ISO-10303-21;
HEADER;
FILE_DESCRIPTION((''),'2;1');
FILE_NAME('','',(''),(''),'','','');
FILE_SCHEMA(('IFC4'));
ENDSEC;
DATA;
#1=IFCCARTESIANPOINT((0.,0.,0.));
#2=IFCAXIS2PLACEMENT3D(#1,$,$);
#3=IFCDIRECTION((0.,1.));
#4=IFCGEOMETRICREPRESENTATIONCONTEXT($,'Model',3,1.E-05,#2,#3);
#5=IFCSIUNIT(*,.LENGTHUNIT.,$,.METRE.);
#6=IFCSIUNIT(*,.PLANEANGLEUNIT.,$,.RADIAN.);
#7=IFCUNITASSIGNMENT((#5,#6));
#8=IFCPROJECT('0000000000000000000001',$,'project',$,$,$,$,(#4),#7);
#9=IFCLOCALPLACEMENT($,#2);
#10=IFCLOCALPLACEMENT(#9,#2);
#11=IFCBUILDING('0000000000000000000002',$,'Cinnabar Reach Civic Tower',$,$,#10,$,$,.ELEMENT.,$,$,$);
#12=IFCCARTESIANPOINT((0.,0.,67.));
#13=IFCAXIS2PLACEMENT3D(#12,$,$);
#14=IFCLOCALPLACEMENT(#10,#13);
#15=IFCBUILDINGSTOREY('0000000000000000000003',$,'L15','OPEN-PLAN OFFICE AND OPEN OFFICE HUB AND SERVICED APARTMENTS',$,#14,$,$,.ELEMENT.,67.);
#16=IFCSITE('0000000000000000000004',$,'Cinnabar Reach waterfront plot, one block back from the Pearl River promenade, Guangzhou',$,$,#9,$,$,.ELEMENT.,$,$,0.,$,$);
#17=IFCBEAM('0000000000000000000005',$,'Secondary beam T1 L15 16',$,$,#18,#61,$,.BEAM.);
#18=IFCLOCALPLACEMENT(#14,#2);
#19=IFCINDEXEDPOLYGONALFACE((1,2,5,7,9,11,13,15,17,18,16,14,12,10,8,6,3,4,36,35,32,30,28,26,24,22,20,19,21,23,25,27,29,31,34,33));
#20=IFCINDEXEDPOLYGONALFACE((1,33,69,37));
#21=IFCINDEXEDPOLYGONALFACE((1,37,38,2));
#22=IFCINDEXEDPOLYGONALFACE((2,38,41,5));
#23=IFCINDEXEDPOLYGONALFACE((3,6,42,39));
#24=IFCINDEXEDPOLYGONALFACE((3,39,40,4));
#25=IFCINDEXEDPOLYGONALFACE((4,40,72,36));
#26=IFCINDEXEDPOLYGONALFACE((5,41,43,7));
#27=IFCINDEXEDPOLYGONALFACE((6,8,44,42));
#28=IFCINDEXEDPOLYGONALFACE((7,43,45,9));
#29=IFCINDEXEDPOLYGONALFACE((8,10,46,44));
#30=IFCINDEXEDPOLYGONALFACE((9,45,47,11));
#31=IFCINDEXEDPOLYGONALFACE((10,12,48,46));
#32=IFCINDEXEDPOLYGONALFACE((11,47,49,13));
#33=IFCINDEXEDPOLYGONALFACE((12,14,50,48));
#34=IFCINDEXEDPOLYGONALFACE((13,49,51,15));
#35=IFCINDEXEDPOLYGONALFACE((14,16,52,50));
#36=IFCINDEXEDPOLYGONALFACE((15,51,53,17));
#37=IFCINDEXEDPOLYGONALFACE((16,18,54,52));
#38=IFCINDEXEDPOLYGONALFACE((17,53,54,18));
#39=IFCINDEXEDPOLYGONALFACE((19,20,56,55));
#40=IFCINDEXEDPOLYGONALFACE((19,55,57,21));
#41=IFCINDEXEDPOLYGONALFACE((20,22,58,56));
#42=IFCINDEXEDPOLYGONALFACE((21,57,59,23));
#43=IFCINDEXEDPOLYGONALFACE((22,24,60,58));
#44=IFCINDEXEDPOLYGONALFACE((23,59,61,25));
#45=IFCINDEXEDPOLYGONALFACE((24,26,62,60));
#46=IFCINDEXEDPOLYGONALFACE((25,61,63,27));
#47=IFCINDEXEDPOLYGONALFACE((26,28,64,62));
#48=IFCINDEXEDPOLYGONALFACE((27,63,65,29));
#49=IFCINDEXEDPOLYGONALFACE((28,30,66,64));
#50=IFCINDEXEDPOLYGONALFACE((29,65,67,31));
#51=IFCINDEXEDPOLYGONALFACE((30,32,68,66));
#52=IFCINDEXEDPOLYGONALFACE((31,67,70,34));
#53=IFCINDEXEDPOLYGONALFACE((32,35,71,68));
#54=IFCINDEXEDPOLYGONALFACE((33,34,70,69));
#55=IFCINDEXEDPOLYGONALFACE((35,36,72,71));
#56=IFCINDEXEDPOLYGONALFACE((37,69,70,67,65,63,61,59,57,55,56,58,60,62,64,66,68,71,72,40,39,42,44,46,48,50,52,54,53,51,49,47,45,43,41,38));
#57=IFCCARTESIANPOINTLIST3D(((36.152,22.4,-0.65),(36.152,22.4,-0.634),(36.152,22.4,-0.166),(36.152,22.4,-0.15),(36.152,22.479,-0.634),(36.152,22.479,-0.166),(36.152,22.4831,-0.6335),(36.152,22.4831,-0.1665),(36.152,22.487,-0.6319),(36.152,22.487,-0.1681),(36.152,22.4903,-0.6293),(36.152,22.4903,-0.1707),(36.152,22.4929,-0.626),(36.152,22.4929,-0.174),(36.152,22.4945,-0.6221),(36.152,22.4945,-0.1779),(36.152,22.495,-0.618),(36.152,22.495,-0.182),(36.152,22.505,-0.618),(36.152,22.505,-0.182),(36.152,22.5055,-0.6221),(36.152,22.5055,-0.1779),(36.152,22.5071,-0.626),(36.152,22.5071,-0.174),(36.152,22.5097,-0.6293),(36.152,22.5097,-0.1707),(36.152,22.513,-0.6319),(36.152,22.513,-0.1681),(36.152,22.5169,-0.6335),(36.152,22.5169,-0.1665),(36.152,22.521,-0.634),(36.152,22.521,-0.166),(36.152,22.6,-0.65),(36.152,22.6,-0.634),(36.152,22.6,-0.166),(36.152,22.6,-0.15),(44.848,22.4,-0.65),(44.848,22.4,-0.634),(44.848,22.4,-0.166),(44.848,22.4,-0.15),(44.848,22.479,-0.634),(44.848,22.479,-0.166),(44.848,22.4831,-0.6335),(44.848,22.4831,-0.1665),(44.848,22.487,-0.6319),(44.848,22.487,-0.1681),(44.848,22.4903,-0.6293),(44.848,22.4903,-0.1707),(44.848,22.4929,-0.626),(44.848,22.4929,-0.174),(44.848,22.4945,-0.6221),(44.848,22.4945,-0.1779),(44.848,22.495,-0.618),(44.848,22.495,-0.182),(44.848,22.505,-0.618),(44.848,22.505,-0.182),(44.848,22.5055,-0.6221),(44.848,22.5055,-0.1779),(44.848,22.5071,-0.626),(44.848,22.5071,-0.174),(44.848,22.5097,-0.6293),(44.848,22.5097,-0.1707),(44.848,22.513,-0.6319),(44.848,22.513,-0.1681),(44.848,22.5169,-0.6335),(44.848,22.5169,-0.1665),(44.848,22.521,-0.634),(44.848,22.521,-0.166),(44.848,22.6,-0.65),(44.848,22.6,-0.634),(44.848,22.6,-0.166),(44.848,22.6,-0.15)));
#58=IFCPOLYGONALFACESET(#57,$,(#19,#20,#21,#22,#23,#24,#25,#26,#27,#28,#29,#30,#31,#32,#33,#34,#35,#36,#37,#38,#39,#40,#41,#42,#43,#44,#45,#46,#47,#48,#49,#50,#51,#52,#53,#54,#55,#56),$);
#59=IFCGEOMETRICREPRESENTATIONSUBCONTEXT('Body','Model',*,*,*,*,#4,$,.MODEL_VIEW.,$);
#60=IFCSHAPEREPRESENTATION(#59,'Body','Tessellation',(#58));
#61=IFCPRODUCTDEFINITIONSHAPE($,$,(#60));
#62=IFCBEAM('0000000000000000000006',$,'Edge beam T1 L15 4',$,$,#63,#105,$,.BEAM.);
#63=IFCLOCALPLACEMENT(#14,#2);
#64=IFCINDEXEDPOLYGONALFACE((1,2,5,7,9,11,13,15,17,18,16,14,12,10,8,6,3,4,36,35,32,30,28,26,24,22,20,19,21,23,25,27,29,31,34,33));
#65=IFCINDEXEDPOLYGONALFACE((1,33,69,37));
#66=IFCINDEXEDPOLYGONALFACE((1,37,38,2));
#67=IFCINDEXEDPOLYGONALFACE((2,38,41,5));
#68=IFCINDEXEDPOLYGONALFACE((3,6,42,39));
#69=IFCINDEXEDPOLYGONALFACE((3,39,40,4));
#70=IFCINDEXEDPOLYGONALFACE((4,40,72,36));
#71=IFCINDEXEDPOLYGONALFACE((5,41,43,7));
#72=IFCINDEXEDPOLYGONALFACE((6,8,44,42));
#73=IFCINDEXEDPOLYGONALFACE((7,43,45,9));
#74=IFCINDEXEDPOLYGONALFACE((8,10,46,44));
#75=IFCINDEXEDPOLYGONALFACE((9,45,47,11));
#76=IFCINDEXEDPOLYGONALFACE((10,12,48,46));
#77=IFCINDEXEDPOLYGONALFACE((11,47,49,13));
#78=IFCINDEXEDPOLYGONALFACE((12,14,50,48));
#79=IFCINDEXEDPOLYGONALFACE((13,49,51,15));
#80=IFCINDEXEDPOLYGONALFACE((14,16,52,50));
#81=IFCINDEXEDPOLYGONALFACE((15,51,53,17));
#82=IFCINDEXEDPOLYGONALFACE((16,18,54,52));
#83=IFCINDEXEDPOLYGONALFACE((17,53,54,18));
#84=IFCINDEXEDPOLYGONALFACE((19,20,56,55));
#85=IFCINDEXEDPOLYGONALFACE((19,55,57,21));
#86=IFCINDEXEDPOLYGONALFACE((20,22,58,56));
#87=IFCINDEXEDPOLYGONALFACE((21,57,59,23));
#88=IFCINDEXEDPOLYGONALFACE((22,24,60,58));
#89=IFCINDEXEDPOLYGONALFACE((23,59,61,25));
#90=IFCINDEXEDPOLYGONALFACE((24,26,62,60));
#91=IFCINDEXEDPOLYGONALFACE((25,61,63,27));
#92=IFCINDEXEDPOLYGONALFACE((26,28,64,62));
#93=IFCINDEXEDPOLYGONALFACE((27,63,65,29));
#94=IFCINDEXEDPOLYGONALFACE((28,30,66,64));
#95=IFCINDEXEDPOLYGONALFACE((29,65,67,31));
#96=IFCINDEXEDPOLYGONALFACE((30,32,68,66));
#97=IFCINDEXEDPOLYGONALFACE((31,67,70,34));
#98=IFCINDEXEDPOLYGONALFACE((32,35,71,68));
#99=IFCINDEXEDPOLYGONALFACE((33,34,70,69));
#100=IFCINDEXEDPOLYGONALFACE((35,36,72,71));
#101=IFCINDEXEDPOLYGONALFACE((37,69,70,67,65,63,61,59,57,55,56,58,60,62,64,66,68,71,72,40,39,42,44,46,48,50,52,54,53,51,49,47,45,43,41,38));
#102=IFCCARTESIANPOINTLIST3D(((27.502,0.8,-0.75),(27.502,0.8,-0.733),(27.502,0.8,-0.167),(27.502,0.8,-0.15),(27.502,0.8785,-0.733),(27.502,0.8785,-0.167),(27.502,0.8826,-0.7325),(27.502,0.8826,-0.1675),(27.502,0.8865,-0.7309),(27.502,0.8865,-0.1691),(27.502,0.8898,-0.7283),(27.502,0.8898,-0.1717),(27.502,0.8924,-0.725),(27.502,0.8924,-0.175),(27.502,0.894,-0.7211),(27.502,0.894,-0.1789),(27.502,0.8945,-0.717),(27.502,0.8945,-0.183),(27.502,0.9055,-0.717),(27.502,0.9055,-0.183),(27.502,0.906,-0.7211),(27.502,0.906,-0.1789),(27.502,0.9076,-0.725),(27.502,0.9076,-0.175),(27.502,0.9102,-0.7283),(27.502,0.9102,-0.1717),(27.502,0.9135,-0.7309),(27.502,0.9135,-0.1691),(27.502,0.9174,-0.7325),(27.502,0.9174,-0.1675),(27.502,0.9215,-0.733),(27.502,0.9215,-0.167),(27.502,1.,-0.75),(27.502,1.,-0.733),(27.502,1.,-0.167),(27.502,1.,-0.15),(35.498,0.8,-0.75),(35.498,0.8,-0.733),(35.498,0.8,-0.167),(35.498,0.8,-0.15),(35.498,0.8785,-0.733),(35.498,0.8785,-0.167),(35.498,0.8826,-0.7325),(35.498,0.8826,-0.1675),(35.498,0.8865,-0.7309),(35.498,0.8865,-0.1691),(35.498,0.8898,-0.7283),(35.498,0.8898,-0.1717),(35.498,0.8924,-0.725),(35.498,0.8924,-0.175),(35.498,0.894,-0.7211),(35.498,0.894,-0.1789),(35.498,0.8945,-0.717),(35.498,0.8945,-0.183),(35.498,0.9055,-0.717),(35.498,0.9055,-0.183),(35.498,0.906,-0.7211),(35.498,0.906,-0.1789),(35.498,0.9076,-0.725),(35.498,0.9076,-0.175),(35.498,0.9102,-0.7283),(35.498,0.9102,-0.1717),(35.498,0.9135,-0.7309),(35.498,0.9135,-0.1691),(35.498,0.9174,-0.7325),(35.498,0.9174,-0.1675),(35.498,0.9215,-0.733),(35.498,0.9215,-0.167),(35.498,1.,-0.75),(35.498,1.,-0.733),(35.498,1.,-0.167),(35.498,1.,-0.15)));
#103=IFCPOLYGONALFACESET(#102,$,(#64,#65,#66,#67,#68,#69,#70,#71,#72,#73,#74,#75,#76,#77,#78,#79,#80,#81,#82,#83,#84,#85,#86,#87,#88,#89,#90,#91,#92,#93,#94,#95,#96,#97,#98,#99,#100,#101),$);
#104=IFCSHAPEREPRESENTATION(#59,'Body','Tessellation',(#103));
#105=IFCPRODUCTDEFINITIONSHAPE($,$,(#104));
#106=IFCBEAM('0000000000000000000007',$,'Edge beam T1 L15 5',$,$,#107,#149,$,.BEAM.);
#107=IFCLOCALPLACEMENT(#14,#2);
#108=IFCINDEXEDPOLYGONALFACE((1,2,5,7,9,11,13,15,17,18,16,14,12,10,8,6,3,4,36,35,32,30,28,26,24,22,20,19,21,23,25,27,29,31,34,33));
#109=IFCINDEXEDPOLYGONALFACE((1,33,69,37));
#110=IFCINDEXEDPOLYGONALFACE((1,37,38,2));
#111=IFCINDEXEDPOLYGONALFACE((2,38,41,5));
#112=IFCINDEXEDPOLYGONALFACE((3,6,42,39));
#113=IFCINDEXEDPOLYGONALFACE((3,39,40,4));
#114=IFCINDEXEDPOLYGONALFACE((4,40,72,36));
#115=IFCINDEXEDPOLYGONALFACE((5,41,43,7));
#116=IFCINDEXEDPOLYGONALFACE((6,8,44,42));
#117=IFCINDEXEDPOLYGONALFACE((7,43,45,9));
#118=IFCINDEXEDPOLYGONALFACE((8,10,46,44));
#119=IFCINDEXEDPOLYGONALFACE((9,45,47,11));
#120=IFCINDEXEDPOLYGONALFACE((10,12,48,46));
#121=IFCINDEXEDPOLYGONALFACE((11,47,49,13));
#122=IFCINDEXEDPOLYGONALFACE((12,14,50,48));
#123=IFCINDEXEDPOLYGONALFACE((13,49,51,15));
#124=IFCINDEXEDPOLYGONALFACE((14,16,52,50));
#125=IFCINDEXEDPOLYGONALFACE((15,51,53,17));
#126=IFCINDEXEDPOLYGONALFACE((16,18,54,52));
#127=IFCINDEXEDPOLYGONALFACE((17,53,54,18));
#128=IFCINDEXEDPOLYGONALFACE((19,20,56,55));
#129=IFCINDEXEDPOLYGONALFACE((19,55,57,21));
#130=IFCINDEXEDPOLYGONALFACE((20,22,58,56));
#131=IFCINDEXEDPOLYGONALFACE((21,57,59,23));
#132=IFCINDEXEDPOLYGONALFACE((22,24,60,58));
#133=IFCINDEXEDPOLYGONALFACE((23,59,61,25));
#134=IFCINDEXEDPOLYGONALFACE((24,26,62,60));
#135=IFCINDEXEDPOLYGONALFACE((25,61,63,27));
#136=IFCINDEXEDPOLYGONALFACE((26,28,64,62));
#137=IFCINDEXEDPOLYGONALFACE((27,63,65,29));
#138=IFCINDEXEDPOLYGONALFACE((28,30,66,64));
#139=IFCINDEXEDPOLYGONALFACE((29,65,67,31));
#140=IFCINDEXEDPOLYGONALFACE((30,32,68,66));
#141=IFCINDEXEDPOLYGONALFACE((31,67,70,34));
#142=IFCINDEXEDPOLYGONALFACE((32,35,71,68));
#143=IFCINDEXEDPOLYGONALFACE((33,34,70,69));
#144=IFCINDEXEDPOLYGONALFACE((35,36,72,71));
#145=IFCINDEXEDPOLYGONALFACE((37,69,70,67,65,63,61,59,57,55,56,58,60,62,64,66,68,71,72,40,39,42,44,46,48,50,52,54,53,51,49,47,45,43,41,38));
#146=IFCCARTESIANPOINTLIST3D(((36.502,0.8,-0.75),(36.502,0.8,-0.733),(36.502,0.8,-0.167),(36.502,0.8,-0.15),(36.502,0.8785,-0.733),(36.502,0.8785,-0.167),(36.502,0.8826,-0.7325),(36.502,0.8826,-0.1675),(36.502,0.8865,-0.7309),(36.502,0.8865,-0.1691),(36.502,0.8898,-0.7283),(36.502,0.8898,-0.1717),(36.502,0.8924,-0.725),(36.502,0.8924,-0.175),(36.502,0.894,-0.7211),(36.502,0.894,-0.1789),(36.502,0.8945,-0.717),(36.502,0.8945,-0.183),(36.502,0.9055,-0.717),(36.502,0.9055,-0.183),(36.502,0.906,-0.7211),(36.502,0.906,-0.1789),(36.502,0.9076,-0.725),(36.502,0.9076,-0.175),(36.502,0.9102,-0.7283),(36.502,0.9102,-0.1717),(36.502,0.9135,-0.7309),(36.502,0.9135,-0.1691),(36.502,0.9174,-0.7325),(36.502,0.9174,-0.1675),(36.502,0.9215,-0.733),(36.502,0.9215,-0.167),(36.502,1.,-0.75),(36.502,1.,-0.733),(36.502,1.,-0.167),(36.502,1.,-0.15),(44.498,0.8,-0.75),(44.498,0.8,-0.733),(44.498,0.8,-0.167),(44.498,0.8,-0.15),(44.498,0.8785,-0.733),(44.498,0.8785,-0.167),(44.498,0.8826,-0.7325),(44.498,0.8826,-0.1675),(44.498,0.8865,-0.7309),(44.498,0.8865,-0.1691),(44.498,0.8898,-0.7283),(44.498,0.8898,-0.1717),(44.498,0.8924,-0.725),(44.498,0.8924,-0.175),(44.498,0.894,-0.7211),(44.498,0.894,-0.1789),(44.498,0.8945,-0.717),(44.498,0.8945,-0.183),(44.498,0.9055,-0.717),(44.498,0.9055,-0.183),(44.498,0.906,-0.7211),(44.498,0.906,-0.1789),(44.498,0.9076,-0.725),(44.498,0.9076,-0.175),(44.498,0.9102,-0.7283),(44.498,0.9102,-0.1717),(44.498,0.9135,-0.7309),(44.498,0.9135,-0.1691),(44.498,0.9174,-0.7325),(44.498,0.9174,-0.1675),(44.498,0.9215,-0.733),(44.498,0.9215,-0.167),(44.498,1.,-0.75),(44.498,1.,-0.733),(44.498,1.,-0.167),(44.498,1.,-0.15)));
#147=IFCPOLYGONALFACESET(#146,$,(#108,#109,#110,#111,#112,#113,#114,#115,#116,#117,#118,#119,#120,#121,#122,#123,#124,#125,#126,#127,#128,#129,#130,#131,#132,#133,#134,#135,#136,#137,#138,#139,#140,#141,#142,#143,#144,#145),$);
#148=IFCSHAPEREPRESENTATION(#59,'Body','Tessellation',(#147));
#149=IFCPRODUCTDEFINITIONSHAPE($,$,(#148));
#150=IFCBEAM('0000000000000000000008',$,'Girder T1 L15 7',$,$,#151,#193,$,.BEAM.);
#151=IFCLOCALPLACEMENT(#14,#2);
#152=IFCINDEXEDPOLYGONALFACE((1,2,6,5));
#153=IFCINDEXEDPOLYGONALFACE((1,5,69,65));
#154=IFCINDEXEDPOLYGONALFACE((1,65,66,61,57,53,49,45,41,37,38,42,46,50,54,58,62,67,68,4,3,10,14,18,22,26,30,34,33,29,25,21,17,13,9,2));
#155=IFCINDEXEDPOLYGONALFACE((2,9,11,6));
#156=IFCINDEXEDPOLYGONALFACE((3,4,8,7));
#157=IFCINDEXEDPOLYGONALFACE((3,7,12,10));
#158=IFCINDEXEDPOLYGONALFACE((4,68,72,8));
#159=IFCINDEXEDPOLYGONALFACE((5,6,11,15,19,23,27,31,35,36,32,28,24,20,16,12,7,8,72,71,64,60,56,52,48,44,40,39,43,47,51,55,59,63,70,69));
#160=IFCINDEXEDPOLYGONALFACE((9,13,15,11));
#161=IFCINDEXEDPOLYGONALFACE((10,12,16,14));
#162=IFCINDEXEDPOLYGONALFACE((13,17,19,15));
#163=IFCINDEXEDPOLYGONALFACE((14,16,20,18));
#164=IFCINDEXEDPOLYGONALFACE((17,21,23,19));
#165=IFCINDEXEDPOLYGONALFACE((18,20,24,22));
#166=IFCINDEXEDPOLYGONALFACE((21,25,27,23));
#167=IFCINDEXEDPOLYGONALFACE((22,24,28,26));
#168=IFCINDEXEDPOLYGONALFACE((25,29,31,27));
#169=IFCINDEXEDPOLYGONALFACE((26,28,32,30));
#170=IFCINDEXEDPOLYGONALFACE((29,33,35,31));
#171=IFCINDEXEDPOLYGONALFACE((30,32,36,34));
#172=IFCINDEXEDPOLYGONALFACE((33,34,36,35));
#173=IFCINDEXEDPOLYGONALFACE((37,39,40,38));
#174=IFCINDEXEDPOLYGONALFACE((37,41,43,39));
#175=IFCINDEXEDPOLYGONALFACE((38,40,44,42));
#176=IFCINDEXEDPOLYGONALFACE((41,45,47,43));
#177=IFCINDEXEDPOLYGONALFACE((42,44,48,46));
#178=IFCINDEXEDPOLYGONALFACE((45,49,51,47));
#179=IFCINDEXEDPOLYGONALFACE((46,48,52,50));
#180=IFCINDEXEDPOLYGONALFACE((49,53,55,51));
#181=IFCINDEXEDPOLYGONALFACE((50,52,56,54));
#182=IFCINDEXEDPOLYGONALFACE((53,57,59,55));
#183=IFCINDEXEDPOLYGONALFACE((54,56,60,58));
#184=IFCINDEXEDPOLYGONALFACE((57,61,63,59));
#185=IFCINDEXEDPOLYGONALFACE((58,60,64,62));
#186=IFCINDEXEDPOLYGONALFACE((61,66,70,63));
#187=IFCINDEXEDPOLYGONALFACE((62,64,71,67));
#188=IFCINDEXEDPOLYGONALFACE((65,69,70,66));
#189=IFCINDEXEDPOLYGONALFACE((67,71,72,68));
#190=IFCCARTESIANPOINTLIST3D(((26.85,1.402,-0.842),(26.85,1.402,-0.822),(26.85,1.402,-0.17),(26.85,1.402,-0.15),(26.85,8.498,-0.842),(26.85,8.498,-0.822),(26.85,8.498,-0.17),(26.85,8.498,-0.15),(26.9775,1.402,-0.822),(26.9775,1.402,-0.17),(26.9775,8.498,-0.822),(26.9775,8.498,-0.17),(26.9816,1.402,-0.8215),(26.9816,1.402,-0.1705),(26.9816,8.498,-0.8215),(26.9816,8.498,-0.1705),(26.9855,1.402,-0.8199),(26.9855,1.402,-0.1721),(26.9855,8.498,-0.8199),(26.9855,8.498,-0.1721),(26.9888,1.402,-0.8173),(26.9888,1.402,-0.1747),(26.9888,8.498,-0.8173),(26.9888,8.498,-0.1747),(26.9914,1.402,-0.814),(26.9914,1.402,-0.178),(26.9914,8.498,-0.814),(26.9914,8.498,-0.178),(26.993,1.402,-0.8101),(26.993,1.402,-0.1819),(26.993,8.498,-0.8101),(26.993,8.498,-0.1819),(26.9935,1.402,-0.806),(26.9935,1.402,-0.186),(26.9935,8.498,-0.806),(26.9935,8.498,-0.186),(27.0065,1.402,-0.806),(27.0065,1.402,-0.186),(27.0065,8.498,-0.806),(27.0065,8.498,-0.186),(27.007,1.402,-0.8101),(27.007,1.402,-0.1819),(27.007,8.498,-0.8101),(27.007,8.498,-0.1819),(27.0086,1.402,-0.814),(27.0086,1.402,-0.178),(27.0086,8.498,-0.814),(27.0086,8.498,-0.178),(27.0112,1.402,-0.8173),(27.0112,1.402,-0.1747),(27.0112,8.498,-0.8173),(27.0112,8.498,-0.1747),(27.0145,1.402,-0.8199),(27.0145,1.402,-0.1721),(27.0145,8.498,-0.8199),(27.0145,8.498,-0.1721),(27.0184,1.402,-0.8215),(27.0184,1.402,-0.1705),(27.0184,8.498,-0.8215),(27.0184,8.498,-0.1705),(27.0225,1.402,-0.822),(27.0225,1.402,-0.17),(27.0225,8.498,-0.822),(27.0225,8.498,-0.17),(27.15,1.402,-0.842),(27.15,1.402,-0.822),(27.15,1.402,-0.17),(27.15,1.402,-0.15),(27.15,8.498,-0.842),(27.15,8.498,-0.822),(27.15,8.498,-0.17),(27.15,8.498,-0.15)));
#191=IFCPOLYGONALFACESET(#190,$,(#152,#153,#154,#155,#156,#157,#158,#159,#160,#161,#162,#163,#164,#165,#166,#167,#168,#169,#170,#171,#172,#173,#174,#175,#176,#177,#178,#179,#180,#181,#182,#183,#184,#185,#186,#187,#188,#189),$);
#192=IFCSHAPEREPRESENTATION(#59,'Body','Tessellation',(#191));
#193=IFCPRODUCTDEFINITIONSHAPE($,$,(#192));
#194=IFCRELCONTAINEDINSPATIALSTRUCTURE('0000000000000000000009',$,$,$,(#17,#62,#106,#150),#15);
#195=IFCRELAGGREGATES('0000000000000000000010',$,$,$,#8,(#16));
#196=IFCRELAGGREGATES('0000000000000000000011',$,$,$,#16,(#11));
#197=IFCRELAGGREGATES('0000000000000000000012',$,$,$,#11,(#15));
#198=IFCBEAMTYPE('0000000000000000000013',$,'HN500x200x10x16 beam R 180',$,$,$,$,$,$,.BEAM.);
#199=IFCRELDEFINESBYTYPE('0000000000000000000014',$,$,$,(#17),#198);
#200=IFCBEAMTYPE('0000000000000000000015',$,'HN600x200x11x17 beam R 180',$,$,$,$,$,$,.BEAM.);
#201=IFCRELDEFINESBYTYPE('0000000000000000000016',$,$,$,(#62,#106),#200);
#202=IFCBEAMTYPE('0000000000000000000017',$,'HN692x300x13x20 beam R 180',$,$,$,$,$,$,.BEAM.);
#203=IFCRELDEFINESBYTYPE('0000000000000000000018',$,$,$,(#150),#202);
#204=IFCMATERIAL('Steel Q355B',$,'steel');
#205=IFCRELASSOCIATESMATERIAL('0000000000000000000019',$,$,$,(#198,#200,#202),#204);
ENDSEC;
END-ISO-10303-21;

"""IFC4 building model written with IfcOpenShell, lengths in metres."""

from ifc_helpers import new_model, si_unit, direction, frame, origin, origin_2d, place, context, subcontext, project, spatial, i_section, extrude, material, material_profile, profile_set, type_object, element, save


model = new_model("IFC4")

# Units and contexts
model_context = context("Model", 3, precision=1e-05, world=origin(), true_north=direction((0.0, 1.0)))
body_context = subcontext(model_context, "Body", "Model", "MODEL_VIEW")
ifc_project = project(units=[si_unit("LENGTHUNIT", "METRE"), si_unit("PLANEANGLEUNIT", "RADIAN")], contexts=[model_context])

# Site, building, storey
site_placement = place(None, origin())
site = spatial("IfcSite", under=ifc_project, at=site_placement, Name="Cinnabar Reach waterfront plot, one block back from the Pearl River promenade, Guangzhou", CompositionType="ELEMENT", RefElevation=0.0)
building_placement = place(site_placement, origin())
building = spatial("IfcBuilding", under=site, at=building_placement, Name="Cinnabar Reach Civic Tower", CompositionType="ELEMENT")
storey_placement = place(building_placement, frame((0.0, 0.0, 67.0)))
storey = spatial("IfcBuildingStorey", under=building, at=storey_placement, Name="L15", Description="OPEN-PLAN OFFICE AND OPEN OFFICE HUB AND SERVICED APARTMENTS", CompositionType="ELEMENT", Elevation=67.0)

# Beams
ifc_material_1 = material(Name="Steel Q355B", Category="steel")
ifc_material_profile_1 = material_profile(ifc_material_1, i_section(OverallWidth=0.2, OverallDepth=0.5, WebThickness=0.01, FlangeThickness=0.016, FilletRadius=0.016, at=origin_2d()), Name="HN500x200x10x16")
ifc_profile_set_1 = profile_set([ifc_material_profile_1], Name="Steel Q355B")
beam_type_1 = type_object("IfcBeamType", Name="HN500x200x10x16 beam R 180", PredefinedType="BEAM", material=ifc_profile_set_1)
for number, where, z_axis, x_axis, name in (
    (1, (36.152, 22.5, -0.4), (1.0, 0.0, 0.0), (0.0, 1.0, 0.0), "Secondary beam T1 L15 16"),
):
    element("IfcBeam", number, at=place(storey_placement, frame(where, z_axis=z_axis, x_axis=x_axis)), inside=storey, type_object=beam_type_1, Name=name, PredefinedType="BEAM", context=body_context, shape_type="SweptSolid", body=[
        extrude(i_section(OverallWidth=0.2, OverallDepth=0.5, WebThickness=0.01, FlangeThickness=0.016, FilletRadius=0.016, at=origin_2d()), origin(), (0.0, 0.0, 1.0), 8.696),
    ])
ifc_material_profile_2 = material_profile(ifc_material_1, i_section(OverallWidth=0.2, OverallDepth=0.6, WebThickness=0.011, FlangeThickness=0.017, FilletRadius=0.016, at=origin_2d()), Name="HN600x200x11x17")
ifc_profile_set_2 = profile_set([ifc_material_profile_2], Name="Steel Q355B")
beam_type_2 = type_object("IfcBeamType", Name="HN600x200x11x17 beam R 180", PredefinedType="BEAM", material=ifc_profile_set_2)
for number, where, z_axis, x_axis, name in (
    (2, (27.502, 0.9, -0.45), (1.0, 0.0, 0.0), (0.0, 1.0, 0.0), "Edge beam T1 L15 4"),
    (3, (36.502, 0.9, -0.45), (1.0, 0.0, 0.0), (0.0, 1.0, 0.0), "Edge beam T1 L15 5"),
):
    element("IfcBeam", number, at=place(storey_placement, frame(where, z_axis=z_axis, x_axis=x_axis)), inside=storey, type_object=beam_type_2, Name=name, PredefinedType="BEAM", context=body_context, shape_type="SweptSolid", body=[
        extrude(i_section(OverallWidth=0.2, OverallDepth=0.6, WebThickness=0.011, FlangeThickness=0.017, FilletRadius=0.016, at=origin_2d()), origin(), (0.0, 0.0, 1.0), 7.996),
    ])
ifc_material_profile_3 = material_profile(ifc_material_1, i_section(OverallWidth=0.3, OverallDepth=0.692, WebThickness=0.013, FlangeThickness=0.02, FilletRadius=0.016, at=origin_2d()), Name="HN692x300x13x20")
ifc_profile_set_3 = profile_set([ifc_material_profile_3], Name="Steel Q355B")
beam_type_3 = type_object("IfcBeamType", Name="HN692x300x13x20 beam R 180", PredefinedType="BEAM", material=ifc_profile_set_3)
beam_1_placement = place(storey_placement, frame((27.0, 1.402, -0.496), z_axis=(0.0, 1.0, 0.0), x_axis=(-1.0, 0.0, 0.0)))
element("IfcBeam", 4, at=beam_1_placement, inside=storey, type_object=beam_type_3, Name="Girder T1 L15 7", PredefinedType="BEAM", context=body_context, shape_type="SweptSolid", body=[
    extrude(i_section(OverallWidth=0.3, OverallDepth=0.692, WebThickness=0.013, FlangeThickness=0.02, FilletRadius=0.016, at=origin_2d()), origin(), (0.0, 0.0, 1.0), 7.096),
])

save(model, "model.ifc")
